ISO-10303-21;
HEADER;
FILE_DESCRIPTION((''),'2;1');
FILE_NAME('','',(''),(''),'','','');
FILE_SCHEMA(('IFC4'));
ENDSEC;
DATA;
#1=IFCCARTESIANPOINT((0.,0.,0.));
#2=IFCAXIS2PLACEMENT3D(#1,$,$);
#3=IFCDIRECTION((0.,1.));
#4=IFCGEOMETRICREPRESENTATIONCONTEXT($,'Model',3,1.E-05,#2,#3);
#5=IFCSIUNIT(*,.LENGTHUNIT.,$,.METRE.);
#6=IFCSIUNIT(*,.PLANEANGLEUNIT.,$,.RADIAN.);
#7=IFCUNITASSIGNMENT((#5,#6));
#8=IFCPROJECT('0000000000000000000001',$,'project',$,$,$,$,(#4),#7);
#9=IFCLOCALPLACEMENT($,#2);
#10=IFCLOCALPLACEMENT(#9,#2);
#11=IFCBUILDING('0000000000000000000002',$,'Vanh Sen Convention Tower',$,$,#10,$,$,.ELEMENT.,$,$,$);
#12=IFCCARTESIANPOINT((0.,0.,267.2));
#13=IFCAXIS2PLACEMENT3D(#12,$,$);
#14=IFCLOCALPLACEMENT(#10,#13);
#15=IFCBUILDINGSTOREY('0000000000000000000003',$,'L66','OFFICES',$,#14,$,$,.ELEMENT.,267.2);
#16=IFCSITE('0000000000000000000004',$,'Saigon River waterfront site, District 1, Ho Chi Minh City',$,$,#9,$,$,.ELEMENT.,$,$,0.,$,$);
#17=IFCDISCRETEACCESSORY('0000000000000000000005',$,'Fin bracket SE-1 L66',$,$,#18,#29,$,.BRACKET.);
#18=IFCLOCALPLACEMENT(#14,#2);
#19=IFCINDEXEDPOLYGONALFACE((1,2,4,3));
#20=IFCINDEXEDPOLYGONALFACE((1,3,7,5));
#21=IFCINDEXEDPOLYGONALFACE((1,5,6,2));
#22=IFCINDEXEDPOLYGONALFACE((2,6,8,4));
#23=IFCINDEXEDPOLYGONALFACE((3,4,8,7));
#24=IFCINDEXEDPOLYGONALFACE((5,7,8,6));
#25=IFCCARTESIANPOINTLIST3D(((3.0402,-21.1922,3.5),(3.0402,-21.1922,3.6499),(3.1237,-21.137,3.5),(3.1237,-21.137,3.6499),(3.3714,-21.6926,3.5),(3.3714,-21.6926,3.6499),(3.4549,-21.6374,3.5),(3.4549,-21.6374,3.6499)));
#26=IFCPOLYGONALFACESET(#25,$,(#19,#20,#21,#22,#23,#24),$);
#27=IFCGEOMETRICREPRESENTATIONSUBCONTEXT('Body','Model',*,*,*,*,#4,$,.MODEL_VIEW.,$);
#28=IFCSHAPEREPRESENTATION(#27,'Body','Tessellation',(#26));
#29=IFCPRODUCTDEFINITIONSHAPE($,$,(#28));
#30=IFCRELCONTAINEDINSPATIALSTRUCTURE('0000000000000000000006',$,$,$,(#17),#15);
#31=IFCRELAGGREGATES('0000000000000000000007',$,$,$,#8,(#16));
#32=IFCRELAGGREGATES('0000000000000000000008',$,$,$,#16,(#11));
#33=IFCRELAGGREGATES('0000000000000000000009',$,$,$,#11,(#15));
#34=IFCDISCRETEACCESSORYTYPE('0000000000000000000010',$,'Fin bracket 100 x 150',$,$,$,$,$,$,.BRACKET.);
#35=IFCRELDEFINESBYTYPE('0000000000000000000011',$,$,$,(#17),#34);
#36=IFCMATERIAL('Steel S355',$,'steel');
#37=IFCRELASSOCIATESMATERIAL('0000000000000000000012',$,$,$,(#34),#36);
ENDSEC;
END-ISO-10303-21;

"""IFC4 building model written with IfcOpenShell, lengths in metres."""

from ifc_helpers import new_model, si_unit, direction, frame, origin, origin_2d, place, context, subcontext, project, spatial, rectangle, extrude, material, type_object, element, save


model = new_model("IFC4")

# Units and contexts
model_context = context("Model", 3, precision=1e-05, world=origin(), true_north=direction((0.0, 1.0)))
body_context = subcontext(model_context, "Body", "Model", "MODEL_VIEW")
ifc_project = project(units=[si_unit("LENGTHUNIT", "METRE"), si_unit("PLANEANGLEUNIT", "RADIAN")], contexts=[model_context])

# Site, building, storey
site_placement = place(None, origin())
site = spatial("IfcSite", under=ifc_project, at=site_placement, Name="Saigon River waterfront site, District 1, Ho Chi Minh City", CompositionType="ELEMENT", RefElevation=0.0)
building_placement = place(site_placement, origin())
building = spatial("IfcBuilding", under=site, at=building_placement, Name="Vanh Sen Convention Tower", CompositionType="ELEMENT")
storey_placement = place(building_placement, frame((0.0, 0.0, 267.2)))
storey = spatial("IfcBuildingStorey", under=building, at=storey_placement, Name="L66", Description="OFFICES", CompositionType="ELEMENT", Elevation=267.2)

# Discrete accessory
ifc_material_1 = material(Name="Steel S355", Category="steel")
discrete_accessory_type = type_object("IfcDiscreteAccessoryType", Name="Fin bracket 100 x 150", PredefinedType="BRACKET", material=ifc_material_1)
discrete_accessory_placement = place(storey_placement, frame((3.2476, -21.4148, 3.5), z_axis=(0.0, 0.0, 1.0), x_axis=(0.551937, -0.833886, 0.0)))
element("IfcDiscreteAccessory", 1, at=discrete_accessory_placement, inside=storey, type_object=discrete_accessory_type, Name="Fin bracket SE-1 L66", PredefinedType="BRACKET", context=body_context, shape_type="SweptSolid", body=[
    extrude(rectangle(XDim=0.6001, YDim=0.1001, at=origin_2d()), origin(), (0.0, 0.0, 1.0), 0.1499),
])

save(model, "model.ifc")
